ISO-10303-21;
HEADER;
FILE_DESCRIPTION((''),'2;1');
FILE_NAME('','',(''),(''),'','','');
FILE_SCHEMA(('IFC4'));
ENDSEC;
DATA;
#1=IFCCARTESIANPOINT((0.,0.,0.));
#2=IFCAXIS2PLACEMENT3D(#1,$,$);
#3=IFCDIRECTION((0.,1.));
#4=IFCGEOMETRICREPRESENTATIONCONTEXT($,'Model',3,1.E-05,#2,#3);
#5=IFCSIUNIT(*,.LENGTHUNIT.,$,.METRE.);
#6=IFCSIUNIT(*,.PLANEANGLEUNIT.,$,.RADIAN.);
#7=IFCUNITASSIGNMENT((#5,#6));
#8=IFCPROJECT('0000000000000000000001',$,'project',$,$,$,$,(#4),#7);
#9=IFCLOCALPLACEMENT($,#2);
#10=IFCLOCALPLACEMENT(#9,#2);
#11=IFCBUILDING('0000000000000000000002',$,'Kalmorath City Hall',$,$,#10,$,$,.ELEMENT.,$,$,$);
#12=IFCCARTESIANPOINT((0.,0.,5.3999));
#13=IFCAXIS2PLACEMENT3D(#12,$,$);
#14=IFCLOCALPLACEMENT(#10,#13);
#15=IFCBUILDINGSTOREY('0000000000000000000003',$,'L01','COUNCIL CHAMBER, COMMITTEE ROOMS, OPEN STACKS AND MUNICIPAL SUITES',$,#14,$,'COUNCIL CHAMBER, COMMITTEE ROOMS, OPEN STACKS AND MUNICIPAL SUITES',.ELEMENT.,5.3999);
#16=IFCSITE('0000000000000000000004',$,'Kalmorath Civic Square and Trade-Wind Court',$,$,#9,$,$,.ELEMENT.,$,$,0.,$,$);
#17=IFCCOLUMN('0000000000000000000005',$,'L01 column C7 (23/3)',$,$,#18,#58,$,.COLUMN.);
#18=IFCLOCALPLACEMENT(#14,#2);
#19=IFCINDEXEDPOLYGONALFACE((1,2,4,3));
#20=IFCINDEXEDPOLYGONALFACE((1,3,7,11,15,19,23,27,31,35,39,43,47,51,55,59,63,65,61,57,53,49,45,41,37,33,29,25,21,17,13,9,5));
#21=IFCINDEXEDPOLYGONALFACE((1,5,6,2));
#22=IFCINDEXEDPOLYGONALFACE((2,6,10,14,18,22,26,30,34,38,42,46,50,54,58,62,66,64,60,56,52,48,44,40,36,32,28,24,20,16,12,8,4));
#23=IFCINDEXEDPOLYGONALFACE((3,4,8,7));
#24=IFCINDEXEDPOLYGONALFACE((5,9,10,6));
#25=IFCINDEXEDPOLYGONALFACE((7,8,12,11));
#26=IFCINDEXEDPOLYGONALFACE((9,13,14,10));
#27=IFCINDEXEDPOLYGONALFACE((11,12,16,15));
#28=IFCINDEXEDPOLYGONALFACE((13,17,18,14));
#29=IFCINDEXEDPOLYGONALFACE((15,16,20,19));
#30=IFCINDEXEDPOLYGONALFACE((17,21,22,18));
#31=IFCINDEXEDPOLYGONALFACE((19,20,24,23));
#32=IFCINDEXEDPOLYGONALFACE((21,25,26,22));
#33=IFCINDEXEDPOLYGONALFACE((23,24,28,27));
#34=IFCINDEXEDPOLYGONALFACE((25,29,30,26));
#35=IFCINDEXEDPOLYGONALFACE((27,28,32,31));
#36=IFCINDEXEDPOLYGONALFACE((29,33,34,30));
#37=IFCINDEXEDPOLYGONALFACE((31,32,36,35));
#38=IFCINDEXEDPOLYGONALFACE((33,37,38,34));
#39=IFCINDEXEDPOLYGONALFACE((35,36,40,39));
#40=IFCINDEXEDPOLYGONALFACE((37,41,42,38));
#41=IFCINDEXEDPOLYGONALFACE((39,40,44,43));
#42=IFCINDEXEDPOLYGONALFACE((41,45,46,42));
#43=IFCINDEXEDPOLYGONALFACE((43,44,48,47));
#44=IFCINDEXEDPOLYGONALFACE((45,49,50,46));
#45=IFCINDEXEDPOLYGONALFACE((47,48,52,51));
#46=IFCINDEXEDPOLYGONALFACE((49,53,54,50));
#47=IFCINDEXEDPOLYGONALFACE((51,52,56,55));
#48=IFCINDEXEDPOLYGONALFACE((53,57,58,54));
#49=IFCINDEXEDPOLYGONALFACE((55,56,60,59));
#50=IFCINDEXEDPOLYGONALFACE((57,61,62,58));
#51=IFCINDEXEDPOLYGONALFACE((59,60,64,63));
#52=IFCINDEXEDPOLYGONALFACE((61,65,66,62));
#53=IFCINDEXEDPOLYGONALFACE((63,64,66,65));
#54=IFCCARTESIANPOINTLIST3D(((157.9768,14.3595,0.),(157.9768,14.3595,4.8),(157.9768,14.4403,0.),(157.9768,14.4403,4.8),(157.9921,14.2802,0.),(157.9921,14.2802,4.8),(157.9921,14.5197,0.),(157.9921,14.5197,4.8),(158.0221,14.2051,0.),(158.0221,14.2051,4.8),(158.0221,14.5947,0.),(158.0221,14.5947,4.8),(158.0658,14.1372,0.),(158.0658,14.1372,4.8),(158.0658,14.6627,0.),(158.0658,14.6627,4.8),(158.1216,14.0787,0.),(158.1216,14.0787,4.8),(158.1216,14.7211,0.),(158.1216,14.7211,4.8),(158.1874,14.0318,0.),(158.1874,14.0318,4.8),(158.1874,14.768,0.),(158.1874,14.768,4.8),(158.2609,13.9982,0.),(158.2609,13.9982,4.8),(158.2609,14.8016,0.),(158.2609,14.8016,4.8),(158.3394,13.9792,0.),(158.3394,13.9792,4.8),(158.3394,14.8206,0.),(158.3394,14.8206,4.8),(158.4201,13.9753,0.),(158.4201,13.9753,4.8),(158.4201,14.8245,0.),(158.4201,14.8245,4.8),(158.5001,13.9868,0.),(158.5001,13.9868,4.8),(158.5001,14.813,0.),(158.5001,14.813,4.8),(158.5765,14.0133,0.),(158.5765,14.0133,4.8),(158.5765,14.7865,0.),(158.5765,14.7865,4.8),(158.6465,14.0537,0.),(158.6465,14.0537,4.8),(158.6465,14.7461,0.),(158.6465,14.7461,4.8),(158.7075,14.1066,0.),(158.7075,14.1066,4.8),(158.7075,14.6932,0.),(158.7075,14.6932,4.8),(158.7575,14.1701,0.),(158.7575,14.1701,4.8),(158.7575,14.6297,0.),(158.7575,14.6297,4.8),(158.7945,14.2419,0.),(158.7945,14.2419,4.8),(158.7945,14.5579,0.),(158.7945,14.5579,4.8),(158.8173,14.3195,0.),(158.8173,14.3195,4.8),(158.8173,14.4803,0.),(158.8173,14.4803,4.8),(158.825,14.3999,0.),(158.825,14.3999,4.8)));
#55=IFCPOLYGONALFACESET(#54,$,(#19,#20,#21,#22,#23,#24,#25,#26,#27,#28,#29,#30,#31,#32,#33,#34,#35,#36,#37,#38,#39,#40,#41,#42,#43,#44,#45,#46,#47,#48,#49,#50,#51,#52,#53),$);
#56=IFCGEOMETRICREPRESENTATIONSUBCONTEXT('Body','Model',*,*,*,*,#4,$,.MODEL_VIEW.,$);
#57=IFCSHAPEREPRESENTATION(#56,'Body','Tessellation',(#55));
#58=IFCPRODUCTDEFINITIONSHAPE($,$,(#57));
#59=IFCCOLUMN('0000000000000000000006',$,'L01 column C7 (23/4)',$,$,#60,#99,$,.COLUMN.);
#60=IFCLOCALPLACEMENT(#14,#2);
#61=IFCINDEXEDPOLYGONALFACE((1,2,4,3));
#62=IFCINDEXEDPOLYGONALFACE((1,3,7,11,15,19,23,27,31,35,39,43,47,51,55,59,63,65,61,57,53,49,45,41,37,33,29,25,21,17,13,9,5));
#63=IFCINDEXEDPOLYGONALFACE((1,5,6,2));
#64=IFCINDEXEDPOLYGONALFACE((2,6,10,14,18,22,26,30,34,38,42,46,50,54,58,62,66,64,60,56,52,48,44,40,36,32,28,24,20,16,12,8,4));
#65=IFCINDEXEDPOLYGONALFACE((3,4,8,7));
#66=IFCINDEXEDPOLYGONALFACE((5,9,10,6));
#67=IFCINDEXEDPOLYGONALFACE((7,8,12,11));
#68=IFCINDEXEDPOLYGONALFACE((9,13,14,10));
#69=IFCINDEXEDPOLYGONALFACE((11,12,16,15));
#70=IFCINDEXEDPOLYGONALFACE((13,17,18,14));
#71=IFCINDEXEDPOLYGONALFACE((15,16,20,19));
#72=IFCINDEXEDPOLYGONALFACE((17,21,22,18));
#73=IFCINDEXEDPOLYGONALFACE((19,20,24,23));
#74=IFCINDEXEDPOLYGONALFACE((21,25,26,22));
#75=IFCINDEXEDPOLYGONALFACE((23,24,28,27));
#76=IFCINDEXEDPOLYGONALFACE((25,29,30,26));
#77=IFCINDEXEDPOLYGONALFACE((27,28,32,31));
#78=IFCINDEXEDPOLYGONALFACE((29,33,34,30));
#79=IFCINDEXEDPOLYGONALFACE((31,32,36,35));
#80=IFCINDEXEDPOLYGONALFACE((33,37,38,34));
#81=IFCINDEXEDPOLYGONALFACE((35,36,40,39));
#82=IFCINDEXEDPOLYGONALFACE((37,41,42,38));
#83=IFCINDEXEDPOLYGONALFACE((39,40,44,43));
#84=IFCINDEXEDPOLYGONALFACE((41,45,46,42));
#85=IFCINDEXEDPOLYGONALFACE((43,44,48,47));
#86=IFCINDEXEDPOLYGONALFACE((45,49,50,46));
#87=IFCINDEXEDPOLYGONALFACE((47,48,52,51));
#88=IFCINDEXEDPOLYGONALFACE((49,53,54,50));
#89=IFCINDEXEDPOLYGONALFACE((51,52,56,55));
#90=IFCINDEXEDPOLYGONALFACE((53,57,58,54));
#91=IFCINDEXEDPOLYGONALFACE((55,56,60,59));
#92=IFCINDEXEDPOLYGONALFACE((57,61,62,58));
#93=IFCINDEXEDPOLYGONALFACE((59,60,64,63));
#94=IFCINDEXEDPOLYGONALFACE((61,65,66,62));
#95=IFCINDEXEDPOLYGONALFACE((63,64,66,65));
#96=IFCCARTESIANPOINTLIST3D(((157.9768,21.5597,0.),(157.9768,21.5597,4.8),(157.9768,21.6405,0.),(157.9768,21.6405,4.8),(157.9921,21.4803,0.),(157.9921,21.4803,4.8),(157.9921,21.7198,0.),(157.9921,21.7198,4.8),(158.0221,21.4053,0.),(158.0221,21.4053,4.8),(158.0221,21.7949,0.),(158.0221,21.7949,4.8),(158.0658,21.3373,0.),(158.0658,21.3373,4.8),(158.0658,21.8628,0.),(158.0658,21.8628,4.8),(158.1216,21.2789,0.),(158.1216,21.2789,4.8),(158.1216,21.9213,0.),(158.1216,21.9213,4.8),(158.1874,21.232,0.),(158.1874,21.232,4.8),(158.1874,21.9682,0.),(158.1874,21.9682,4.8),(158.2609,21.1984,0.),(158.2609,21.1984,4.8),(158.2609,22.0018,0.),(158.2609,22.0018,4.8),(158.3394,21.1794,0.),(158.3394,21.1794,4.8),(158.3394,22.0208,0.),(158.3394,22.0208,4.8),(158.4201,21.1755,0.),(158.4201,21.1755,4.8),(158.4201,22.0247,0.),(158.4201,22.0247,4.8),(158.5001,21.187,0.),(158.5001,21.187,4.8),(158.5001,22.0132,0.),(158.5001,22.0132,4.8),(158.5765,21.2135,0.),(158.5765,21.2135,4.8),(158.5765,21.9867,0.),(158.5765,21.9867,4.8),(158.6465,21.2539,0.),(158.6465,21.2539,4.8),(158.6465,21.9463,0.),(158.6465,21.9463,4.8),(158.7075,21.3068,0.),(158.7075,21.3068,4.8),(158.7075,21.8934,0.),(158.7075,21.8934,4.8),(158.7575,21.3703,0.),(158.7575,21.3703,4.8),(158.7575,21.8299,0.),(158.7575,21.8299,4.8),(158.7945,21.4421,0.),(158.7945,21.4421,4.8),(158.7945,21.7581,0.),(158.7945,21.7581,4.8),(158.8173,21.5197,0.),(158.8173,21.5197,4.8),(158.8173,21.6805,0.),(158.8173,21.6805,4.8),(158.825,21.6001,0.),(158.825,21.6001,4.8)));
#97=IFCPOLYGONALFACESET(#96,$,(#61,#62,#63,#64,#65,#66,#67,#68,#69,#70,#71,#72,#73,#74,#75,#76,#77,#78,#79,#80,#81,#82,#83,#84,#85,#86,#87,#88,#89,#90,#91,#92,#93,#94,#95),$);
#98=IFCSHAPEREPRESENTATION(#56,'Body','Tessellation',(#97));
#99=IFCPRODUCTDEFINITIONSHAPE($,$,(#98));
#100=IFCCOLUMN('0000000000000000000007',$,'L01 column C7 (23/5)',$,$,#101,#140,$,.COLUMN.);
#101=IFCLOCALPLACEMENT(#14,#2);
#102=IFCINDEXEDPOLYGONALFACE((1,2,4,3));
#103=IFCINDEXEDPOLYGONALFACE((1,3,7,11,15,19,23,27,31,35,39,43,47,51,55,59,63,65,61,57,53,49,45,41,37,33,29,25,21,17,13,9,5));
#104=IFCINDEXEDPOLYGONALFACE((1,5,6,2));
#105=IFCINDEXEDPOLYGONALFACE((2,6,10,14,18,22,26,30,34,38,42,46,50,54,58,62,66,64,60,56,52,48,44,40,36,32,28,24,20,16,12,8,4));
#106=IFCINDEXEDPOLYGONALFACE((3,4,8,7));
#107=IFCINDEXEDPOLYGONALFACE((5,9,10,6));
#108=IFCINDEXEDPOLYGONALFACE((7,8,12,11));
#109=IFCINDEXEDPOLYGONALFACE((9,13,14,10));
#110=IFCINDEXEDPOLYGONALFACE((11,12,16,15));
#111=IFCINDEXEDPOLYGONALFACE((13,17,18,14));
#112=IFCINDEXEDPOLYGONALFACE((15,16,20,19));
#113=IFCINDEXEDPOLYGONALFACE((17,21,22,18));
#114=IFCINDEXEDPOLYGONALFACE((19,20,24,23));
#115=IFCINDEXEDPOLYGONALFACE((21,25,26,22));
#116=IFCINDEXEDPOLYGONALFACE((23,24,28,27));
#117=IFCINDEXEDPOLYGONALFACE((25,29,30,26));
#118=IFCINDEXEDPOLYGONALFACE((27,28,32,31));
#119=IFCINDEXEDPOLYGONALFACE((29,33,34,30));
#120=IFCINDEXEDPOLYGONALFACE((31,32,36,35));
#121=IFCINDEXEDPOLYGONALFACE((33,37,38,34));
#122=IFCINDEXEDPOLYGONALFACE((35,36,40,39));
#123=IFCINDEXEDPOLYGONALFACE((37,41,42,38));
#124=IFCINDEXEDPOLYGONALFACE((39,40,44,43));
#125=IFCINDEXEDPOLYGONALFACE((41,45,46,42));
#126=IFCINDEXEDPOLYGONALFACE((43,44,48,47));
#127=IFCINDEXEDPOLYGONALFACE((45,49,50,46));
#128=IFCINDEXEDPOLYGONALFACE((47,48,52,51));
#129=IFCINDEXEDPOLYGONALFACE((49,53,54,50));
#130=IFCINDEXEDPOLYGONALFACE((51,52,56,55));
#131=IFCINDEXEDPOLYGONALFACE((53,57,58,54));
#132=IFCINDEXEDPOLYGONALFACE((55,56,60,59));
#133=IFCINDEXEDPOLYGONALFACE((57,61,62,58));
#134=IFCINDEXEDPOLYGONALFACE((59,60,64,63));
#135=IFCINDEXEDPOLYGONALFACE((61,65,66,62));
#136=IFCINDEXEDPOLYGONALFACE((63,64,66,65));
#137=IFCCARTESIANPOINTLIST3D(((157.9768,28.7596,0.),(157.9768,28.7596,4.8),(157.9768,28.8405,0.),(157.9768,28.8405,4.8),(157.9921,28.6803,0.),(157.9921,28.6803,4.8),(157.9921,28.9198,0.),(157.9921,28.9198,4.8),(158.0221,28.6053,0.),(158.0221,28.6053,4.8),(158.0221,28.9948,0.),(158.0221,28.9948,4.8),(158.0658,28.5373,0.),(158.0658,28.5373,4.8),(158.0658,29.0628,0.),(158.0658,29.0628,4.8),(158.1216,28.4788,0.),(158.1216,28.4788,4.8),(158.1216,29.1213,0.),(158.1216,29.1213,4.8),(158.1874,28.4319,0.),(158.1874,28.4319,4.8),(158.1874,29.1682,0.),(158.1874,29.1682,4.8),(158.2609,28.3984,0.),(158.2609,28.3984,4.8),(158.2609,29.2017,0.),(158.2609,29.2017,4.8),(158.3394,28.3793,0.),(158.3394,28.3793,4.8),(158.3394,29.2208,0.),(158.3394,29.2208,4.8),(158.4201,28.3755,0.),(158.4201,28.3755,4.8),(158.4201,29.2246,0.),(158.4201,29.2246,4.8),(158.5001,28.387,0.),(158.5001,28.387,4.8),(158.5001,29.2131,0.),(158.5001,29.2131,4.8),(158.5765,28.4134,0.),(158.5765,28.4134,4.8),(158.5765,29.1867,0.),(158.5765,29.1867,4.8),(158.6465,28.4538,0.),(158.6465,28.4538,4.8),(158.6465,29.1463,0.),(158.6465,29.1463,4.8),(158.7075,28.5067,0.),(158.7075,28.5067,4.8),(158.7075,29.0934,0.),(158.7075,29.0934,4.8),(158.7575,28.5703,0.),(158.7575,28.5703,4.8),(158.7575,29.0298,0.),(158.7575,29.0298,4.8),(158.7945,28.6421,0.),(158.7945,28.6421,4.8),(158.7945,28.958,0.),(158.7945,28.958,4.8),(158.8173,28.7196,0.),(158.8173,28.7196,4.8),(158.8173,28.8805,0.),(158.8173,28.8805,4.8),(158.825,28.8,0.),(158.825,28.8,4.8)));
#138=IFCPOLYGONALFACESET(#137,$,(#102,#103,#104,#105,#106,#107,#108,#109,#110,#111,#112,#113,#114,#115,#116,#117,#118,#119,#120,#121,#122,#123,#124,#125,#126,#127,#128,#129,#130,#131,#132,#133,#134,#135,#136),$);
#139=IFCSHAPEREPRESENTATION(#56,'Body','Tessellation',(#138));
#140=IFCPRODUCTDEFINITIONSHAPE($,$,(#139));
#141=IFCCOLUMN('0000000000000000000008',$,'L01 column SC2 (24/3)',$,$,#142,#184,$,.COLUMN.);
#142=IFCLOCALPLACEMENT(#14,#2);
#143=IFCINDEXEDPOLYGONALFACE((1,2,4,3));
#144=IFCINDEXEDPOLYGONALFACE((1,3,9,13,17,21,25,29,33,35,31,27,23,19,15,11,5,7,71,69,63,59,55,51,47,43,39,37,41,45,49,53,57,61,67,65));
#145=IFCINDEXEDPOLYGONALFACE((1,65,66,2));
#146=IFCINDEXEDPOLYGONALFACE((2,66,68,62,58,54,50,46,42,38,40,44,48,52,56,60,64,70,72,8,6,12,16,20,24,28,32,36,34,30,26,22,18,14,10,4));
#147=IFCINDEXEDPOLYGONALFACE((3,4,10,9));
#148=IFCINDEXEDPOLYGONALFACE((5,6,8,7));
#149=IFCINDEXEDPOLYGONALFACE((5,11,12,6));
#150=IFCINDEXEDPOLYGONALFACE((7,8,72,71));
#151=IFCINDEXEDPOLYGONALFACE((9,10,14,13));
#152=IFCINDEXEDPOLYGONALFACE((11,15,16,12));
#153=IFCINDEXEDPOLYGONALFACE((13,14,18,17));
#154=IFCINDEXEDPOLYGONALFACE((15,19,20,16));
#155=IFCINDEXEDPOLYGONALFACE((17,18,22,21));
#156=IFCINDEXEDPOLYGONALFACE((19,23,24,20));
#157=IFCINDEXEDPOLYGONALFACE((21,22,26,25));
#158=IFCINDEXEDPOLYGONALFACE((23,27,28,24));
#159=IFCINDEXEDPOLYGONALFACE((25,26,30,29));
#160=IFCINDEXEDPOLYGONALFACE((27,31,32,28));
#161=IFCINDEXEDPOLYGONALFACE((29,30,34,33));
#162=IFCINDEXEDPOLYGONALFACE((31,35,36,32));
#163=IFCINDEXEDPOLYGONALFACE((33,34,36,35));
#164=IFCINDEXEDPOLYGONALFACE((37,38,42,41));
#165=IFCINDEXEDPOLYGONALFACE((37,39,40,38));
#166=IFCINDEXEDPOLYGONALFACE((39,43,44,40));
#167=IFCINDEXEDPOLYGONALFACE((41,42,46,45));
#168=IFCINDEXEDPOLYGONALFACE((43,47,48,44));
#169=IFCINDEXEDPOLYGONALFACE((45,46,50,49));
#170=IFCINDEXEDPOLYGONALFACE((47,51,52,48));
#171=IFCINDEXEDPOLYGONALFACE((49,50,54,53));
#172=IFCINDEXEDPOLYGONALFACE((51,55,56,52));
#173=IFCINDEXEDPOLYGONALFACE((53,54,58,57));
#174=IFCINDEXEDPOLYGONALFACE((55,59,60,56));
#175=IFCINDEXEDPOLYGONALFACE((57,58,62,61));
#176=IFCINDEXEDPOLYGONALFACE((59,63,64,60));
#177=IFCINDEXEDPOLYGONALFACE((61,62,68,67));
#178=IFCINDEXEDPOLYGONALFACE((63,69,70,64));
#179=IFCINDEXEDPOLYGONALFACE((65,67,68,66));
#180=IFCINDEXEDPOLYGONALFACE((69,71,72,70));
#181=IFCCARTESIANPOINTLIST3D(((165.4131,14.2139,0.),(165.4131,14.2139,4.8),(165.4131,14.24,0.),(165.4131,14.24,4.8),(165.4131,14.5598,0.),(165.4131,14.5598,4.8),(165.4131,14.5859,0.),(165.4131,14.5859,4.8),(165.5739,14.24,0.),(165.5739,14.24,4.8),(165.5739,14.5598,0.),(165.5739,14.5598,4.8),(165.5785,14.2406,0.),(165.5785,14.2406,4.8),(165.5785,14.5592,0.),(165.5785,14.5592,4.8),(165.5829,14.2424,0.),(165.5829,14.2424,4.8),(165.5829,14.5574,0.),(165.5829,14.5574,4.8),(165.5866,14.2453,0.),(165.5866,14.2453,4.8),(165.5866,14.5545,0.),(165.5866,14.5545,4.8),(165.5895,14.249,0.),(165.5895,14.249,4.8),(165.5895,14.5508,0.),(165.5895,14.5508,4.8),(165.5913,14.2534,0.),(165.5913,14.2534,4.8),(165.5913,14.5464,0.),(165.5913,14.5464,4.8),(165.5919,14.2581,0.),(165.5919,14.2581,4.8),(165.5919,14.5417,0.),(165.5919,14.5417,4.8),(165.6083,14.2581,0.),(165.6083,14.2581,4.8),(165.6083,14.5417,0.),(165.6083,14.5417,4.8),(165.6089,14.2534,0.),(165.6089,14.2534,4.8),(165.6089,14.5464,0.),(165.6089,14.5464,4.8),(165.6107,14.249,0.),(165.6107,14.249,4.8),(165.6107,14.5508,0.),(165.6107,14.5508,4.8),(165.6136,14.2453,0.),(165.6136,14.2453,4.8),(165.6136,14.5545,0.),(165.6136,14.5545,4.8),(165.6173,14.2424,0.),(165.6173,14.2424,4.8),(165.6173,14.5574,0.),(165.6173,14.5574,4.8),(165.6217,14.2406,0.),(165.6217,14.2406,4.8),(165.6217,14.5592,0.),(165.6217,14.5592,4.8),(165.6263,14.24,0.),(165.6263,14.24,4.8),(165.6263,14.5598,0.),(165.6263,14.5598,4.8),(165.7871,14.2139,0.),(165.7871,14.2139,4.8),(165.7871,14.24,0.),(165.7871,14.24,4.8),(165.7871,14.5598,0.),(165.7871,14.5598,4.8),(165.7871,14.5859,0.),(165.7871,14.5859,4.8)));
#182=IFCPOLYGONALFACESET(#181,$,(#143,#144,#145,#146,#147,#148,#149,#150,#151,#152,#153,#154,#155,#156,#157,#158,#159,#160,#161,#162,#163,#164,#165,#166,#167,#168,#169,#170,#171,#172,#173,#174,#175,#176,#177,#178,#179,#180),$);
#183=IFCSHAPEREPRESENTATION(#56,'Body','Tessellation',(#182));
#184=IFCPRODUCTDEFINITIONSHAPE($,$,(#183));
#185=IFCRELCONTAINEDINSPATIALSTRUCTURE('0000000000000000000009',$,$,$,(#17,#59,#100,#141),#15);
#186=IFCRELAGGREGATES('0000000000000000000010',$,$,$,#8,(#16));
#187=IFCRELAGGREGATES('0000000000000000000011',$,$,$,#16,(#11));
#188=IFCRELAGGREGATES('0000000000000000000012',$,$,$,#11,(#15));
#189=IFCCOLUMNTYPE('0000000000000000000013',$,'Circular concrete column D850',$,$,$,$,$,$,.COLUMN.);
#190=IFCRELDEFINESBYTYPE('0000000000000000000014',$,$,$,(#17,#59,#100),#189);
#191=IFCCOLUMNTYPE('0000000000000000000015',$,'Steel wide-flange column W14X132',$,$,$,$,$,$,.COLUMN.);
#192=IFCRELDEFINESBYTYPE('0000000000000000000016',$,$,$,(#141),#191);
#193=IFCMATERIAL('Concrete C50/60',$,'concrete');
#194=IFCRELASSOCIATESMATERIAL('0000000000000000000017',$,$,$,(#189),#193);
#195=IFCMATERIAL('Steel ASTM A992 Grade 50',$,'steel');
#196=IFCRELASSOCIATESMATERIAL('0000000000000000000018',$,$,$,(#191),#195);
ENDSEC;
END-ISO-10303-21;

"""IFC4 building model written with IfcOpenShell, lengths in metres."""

from ifc_helpers import new_model, si_unit, direction, frame, origin, origin_2d, place, context, subcontext, project, spatial, circle, i_section, extrude, material, material_profile, profile_set, type_object, element, save


model = new_model("IFC4")

# Units and contexts
model_context = context("Model", 3, precision=1e-05, world=origin(), true_north=direction((0.0, 1.0)))
body_context = subcontext(model_context, "Body", "Model", "MODEL_VIEW")
ifc_project = project(units=[si_unit("LENGTHUNIT", "METRE"), si_unit("PLANEANGLEUNIT", "RADIAN")], contexts=[model_context])

# Site, building, storey
site_placement = place(None, origin())
site = spatial("IfcSite", under=ifc_project, at=site_placement, Name="Kalmorath Civic Square and Trade-Wind Court", CompositionType="ELEMENT", RefElevation=0.0)
building_placement = place(site_placement, origin())
building = spatial("IfcBuilding", under=site, at=building_placement, Name="Kalmorath City Hall", CompositionType="ELEMENT")
storey_placement = place(building_placement, frame((0.0, 0.0, 5.3999)))
storey = spatial("IfcBuildingStorey", under=building, at=storey_placement, Name="L01", Description="COUNCIL CHAMBER, COMMITTEE ROOMS, OPEN STACKS AND MUNICIPAL SUITES", LongName="COUNCIL CHAMBER, COMMITTEE ROOMS, OPEN STACKS AND MUNICIPAL SUITES", CompositionType="ELEMENT", Elevation=5.3999)

# Columns
ifc_material_1 = material(Name="Concrete C50/60", Category="concrete")
ifc_material_profile_1 = material_profile(ifc_material_1, circle(Radius=0.425, at=origin_2d()), Name="RC-COL-D850")
ifc_profile_set_1 = profile_set([ifc_material_profile_1], Name="Concrete C50/60")
column_type_1 = type_object("IfcColumnType", Name="Circular concrete column D850", PredefinedType="COLUMN", material=ifc_profile_set_1)
for number, where, z_axis, x_axis, name in (
    (1, (158.3999, 14.3999, 0.0), (0.0, 0.0, 1.0), (1.0, 0.0, 0.0), "L01 column C7 (23/3)"),
    (2, (158.3999, 21.6001, 0.0), (0.0, 0.0, 1.0), (1.0, 0.0, 0.0), "L01 column C7 (23/4)"),
    (3, (158.3999, 28.8, 0.0), (0.0, 0.0, 1.0), (1.0, 0.0, 0.0), "L01 column C7 (23/5)"),
):
    element("IfcColumn", number, at=place(storey_placement, frame(where, z_axis=z_axis, x_axis=x_axis)), inside=storey, type_object=column_type_1, Name=name, PredefinedType="COLUMN", context=body_context, shape_type="SweptSolid", body=[
        extrude(circle(Radius=0.425, at=origin_2d()), origin(), (0.0, 0.0, 1.0), 4.8),
    ])
ifc_material_2 = material(Name="Steel ASTM A992 Grade 50", Category="steel")
ifc_material_profile_2 = material_profile(ifc_material_2, i_section(OverallWidth=0.374, OverallDepth=0.3721, WebThickness=0.0164, FlangeThickness=0.0261, FilletRadius=0.0181, at=origin_2d()), Name="W14X132")
ifc_profile_set_2 = profile_set([ifc_material_profile_2], Name="Steel ASTM A992 Grade 50")
column_type_2 = type_object("IfcColumnType", Name="Steel wide-flange column W14X132", PredefinedType="COLUMN", material=ifc_profile_set_2)
for number, where, z_axis, x_axis, name in (
    (4, (165.6001, 14.3999, 0.0), (0.0, 0.0, 1.0), (1.0, 0.0, 0.0), "L01 column SC2 (24/3)"),
):
    element("IfcColumn", number, at=place(storey_placement, frame(where, z_axis=z_axis, x_axis=x_axis)), inside=storey, type_object=column_type_2, Name=name, PredefinedType="COLUMN", context=body_context, shape_type="SweptSolid", body=[
        extrude(i_section(OverallWidth=0.374, OverallDepth=0.3721, WebThickness=0.0164, FlangeThickness=0.0261, FilletRadius=0.0181, at=origin_2d()), origin(), (0.0, 0.0, 1.0), 4.8),
    ])

save(model, "model.ifc")
